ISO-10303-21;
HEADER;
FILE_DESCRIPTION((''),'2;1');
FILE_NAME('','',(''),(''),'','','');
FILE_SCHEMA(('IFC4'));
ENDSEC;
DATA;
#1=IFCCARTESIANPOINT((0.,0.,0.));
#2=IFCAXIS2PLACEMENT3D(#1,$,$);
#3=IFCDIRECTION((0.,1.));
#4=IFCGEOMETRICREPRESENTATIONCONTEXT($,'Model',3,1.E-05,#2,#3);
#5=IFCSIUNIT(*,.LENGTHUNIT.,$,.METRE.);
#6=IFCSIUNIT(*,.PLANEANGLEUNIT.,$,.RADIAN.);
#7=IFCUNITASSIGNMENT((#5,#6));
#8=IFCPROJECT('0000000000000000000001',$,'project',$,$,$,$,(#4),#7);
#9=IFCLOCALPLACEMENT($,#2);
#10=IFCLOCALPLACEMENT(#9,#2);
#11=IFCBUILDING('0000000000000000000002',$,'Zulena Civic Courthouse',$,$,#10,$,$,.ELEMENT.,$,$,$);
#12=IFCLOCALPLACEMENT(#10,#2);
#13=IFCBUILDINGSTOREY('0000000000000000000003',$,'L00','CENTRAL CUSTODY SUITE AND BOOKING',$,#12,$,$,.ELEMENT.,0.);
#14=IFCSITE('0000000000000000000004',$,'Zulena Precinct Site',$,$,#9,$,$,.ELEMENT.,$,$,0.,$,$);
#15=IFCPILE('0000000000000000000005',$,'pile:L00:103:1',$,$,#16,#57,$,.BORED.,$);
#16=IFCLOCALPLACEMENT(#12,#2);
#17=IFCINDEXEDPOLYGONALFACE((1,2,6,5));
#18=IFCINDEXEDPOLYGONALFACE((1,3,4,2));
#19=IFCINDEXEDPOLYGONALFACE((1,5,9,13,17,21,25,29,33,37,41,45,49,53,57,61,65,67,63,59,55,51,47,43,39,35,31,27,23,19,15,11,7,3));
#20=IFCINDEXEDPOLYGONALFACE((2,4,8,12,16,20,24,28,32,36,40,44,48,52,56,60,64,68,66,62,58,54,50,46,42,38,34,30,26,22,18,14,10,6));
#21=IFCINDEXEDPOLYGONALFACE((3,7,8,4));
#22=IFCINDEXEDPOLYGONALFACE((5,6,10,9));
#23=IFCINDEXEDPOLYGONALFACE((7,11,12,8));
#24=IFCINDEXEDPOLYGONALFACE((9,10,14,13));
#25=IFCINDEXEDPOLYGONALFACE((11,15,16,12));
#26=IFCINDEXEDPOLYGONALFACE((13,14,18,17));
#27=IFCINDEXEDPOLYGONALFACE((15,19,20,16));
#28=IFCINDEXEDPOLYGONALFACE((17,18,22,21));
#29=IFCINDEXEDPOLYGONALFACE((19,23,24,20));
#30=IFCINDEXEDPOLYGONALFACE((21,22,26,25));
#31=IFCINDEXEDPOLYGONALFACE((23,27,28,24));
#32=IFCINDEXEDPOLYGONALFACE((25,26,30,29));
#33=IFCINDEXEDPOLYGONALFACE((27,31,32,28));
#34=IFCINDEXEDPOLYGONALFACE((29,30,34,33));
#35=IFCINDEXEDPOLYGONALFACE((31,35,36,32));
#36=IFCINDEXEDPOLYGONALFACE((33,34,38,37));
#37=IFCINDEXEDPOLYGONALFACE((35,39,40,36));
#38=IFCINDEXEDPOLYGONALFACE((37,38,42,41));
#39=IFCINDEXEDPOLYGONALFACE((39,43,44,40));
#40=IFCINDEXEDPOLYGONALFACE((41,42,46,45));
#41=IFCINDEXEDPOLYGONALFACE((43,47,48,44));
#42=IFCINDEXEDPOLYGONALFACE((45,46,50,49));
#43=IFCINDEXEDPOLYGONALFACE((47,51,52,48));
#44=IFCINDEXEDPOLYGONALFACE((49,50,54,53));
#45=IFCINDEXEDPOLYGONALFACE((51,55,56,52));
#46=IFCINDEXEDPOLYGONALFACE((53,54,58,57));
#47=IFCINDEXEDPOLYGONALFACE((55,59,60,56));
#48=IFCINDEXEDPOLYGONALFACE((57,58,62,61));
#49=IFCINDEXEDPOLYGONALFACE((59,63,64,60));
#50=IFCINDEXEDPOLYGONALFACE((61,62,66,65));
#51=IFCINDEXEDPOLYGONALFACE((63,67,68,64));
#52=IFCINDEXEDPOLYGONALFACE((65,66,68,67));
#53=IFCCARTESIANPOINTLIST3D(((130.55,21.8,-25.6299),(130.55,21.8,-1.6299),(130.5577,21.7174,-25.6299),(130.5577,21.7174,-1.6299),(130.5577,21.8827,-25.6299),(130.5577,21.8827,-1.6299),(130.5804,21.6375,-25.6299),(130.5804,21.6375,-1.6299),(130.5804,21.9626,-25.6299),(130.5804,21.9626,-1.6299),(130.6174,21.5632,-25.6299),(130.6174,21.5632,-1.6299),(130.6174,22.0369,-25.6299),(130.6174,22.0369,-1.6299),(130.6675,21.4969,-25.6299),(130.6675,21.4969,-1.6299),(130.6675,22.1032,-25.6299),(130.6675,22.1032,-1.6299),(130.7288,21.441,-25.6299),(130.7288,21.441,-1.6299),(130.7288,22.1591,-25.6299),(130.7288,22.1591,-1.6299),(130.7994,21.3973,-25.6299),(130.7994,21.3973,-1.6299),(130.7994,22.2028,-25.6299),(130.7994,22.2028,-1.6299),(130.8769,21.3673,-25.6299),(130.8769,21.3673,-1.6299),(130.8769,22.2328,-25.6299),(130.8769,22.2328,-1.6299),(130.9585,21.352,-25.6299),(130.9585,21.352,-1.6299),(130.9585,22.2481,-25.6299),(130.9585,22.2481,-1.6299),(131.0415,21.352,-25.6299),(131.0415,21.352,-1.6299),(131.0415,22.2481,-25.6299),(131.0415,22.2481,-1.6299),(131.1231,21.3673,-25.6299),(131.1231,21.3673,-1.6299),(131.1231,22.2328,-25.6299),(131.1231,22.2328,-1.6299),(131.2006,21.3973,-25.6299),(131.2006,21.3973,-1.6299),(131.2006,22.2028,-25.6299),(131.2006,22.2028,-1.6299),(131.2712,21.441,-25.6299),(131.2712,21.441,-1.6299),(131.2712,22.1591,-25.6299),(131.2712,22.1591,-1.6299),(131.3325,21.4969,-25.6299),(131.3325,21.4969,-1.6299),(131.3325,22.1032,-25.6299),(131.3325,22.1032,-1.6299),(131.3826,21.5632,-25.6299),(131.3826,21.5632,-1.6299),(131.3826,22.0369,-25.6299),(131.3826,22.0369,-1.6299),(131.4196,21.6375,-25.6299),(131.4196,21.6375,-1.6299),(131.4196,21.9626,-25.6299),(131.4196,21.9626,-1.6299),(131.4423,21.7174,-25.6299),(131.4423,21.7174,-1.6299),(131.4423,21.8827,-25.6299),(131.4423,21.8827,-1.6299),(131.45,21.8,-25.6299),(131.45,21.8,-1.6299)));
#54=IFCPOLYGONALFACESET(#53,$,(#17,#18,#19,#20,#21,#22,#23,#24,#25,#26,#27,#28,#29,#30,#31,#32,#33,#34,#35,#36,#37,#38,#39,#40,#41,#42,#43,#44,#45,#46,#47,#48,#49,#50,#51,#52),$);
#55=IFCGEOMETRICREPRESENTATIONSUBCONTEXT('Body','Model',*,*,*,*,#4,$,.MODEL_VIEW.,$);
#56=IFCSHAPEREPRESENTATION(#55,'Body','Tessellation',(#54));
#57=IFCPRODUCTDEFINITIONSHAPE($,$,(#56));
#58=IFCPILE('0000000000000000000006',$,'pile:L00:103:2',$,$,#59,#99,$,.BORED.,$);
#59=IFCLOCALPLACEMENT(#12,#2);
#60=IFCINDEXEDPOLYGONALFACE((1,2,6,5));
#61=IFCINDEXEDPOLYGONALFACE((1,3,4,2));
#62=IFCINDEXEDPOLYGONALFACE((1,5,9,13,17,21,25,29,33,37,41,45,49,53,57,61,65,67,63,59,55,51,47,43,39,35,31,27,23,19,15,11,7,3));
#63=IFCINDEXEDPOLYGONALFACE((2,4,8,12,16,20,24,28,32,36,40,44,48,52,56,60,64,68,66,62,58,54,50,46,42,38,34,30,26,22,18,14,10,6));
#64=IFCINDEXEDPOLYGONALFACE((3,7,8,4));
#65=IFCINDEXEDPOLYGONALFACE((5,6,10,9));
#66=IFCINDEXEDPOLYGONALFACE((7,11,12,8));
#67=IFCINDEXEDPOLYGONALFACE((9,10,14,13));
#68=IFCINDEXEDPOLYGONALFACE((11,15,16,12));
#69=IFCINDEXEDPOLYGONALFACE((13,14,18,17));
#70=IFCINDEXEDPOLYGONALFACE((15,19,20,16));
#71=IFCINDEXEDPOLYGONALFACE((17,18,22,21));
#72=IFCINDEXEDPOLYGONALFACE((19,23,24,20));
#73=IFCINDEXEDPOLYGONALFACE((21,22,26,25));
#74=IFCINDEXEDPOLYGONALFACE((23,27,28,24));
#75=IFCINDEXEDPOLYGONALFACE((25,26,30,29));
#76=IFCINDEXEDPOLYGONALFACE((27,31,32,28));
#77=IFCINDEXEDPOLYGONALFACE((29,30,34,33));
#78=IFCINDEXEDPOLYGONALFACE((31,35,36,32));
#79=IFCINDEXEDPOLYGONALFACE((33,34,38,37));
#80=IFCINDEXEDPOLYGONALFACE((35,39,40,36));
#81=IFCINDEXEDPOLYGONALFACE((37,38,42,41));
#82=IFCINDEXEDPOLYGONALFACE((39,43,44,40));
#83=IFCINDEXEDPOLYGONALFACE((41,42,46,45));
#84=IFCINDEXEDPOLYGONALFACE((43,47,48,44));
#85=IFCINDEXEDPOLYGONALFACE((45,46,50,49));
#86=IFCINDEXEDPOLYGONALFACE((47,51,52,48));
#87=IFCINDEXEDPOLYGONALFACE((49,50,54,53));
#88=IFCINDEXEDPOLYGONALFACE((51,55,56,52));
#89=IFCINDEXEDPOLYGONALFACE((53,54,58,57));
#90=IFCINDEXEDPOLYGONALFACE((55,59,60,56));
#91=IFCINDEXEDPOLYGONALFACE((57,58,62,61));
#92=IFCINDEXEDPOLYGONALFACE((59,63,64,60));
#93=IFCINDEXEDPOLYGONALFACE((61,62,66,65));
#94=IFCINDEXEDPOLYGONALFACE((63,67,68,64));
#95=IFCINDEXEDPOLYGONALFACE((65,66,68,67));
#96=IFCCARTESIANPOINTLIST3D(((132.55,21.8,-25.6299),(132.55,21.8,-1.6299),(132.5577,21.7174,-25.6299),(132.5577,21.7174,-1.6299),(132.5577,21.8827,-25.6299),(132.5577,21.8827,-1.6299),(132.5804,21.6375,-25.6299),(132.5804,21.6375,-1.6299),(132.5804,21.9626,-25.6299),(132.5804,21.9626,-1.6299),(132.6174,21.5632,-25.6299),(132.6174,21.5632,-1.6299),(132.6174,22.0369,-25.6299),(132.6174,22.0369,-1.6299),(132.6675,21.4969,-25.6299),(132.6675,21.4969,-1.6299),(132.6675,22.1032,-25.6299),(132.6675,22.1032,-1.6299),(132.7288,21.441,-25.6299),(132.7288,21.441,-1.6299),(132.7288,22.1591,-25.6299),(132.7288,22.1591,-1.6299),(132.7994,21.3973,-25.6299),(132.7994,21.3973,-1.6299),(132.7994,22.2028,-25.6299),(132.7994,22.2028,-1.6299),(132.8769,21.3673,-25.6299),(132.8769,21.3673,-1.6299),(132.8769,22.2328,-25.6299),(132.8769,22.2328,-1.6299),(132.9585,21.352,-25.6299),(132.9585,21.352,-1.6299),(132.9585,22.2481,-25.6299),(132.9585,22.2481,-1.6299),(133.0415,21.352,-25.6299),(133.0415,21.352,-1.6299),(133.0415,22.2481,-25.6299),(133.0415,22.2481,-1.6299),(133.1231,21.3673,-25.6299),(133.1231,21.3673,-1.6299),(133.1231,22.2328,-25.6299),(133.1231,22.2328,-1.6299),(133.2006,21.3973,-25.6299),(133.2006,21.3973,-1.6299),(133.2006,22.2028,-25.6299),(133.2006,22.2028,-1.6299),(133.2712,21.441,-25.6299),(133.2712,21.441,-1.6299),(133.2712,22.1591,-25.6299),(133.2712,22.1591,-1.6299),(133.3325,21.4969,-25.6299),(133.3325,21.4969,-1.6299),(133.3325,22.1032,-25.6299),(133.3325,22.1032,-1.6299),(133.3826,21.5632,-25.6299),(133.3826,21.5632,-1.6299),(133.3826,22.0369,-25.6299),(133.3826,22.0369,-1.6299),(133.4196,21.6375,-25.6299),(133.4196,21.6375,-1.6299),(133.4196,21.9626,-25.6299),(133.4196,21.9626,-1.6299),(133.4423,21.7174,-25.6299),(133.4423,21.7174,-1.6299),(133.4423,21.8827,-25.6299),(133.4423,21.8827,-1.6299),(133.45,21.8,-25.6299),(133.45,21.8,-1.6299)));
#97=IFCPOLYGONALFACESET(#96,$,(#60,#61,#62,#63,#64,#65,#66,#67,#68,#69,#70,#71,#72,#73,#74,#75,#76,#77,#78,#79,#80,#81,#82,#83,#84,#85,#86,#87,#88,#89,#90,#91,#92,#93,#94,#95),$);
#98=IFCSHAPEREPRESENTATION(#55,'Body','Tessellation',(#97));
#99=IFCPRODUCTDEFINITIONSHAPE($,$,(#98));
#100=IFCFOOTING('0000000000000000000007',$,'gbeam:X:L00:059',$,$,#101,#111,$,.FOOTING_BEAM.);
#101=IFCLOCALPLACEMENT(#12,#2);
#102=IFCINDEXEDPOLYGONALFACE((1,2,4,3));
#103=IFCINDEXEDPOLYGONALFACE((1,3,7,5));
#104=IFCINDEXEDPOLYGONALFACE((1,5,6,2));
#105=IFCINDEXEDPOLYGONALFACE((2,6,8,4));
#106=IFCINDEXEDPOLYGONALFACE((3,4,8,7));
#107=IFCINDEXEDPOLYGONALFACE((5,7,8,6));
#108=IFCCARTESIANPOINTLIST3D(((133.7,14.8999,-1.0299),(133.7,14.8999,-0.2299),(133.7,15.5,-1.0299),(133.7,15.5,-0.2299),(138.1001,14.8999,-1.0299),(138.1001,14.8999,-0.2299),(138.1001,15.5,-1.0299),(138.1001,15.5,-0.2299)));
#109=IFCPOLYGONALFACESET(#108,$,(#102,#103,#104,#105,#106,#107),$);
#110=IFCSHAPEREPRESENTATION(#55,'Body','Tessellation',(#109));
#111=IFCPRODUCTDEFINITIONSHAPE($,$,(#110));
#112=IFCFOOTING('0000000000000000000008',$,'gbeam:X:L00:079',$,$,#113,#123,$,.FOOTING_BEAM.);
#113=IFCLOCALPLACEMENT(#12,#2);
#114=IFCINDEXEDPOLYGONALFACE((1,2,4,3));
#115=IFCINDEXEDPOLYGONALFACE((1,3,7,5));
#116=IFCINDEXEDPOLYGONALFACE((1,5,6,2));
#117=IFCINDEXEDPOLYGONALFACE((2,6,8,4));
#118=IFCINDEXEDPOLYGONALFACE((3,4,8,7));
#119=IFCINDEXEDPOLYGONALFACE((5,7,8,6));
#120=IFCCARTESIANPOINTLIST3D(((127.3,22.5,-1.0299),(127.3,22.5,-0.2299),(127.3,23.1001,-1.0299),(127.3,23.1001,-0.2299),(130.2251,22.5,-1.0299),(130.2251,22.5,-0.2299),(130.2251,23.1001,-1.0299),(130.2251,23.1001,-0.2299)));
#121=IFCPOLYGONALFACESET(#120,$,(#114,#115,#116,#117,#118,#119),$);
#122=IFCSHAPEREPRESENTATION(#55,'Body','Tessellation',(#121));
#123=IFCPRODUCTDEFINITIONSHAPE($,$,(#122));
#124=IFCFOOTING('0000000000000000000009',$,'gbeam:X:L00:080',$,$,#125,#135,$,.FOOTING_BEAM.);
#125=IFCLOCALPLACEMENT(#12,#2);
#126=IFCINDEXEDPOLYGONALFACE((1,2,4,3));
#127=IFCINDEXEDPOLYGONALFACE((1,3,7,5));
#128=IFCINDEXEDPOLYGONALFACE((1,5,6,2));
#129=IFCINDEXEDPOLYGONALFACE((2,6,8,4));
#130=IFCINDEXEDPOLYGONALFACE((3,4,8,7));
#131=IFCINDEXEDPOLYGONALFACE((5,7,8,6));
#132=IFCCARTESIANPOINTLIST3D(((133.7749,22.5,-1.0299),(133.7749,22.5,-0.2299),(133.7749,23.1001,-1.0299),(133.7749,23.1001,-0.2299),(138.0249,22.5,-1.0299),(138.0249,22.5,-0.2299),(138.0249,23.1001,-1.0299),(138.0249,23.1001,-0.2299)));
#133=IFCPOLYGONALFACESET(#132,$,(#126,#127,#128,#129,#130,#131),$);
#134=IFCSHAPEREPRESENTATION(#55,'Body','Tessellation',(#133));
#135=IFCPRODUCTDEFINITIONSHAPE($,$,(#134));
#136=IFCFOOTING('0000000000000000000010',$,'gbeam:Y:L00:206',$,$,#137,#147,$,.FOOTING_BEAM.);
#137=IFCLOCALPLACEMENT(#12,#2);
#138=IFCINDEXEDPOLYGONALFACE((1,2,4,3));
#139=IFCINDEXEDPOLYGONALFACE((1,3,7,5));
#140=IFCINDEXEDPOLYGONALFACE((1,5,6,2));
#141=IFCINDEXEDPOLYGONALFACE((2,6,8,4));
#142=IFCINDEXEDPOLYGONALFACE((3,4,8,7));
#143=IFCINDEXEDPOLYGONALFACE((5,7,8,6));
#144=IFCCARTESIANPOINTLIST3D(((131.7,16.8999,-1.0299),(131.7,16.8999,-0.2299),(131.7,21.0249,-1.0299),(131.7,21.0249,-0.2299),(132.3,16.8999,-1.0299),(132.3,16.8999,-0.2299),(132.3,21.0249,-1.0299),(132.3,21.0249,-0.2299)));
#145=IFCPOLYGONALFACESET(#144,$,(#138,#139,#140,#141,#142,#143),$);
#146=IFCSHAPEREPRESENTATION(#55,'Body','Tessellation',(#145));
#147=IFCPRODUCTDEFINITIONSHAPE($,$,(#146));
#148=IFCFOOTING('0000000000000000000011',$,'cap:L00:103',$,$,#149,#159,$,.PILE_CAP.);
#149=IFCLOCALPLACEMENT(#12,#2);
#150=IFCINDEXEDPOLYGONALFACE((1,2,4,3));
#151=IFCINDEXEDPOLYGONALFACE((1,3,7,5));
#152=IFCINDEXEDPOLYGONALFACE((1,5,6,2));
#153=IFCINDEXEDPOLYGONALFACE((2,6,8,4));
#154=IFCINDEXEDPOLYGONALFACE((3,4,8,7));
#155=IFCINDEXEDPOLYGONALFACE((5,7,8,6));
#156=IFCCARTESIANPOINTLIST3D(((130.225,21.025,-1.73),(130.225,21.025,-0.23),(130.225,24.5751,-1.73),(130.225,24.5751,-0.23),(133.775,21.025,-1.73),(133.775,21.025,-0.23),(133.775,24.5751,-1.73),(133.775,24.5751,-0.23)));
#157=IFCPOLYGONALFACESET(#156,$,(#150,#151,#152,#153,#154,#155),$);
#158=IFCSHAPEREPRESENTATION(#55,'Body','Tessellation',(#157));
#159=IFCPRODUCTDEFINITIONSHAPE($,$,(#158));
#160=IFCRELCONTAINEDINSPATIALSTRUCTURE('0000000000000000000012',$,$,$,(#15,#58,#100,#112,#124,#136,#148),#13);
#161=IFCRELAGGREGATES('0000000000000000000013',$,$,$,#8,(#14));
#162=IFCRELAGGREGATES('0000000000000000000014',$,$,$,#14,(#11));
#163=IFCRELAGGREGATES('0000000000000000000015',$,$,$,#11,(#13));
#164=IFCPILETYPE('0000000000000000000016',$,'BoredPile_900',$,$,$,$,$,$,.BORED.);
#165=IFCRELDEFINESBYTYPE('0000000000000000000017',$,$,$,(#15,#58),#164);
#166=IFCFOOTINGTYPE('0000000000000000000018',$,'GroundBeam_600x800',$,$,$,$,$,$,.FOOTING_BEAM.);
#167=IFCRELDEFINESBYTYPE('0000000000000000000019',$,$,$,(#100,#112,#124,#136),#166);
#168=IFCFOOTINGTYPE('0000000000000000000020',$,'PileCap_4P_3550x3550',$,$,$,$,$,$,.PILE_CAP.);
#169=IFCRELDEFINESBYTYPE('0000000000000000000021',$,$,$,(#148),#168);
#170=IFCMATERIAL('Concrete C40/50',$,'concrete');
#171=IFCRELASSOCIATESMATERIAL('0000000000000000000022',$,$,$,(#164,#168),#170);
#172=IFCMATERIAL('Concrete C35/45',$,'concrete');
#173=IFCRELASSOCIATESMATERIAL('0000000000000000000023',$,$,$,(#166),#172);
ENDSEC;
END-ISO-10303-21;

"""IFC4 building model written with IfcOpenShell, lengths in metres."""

from ifc_helpers import new_model, si_unit, direction, frame, origin, origin_2d, place, context, subcontext, project, spatial, rectangle, circle, extrude, material, material_profile, profile_set, type_object, element, save


model = new_model("IFC4")

# Units and contexts
model_context = context("Model", 3, precision=1e-05, world=origin(), true_north=direction((0.0, 1.0)))
body_context = subcontext(model_context, "Body", "Model", "MODEL_VIEW")
ifc_project = project(units=[si_unit("LENGTHUNIT", "METRE"), si_unit("PLANEANGLEUNIT", "RADIAN")], contexts=[model_context])

# Site, building, storey
site_placement = place(None, origin())
site = spatial("IfcSite", under=ifc_project, at=site_placement, Name="Zulena Precinct Site", CompositionType="ELEMENT", RefElevation=0.0)
building_placement = place(site_placement, origin())
building = spatial("IfcBuilding", under=site, at=building_placement, Name="Zulena Civic Courthouse", CompositionType="ELEMENT")
storey_placement = place(building_placement, origin())
storey = spatial("IfcBuildingStorey", under=building, at=storey_placement, Name="L00", Description="CENTRAL CUSTODY SUITE AND BOOKING", CompositionType="ELEMENT", Elevation=0.0)

# Piles
ifc_material_1 = material(Name="Concrete C40/50", Category="concrete")
ifc_material_profile_1 = material_profile(ifc_material_1, circle(Radius=0.45, at=origin_2d()), Name="PILE900")
ifc_profile_set_1 = profile_set([ifc_material_profile_1], Name="Concrete C40/50")
pile_type_1 = type_object("IfcPileType", Name="BoredPile_900", PredefinedType="BORED", material=ifc_profile_set_1)
for number, where, z_axis, x_axis, name in (
    (1, (131.0, 21.8, -1.6299), (0.0, 0.0, -1.0), (1.0, 0.0, 0.0), "pile:L00:103:1"),
    (2, (133.0, 21.8, -1.6299), (0.0, 0.0, -1.0), (1.0, 0.0, 0.0), "pile:L00:103:2"),
):
    element("IfcPile", number, at=place(storey_placement, frame(where, z_axis=z_axis, x_axis=x_axis)), inside=storey, type_object=pile_type_1, Name=name, PredefinedType="BORED", context=body_context, shape_type="SweptSolid", body=[
        extrude(circle(Radius=0.45, at=origin_2d()), origin(), (0.0, 0.0, 1.0), 24.0),
    ])

# Footings
ifc_material_2 = material(Name="Concrete C35/45", Category="concrete")
ifc_material_profile_2 = material_profile(ifc_material_2, rectangle(XDim=0.6001, YDim=0.8, at=origin_2d()), Name="RC600X800")
ifc_profile_set_2 = profile_set([ifc_material_profile_2], Name="Concrete C35/45")
footing_type_1 = type_object("IfcFootingType", Name="GroundBeam_600x800", PredefinedType="FOOTING_BEAM", material=ifc_profile_set_2)
footing_1_placement = place(storey_placement, frame((133.7, 15.2, -0.6299), z_axis=(1.0, 0.0, 0.0), x_axis=(0.0, 1.0, 0.0)))
element("IfcFooting", 3, at=footing_1_placement, inside=storey, type_object=footing_type_1, Name="gbeam:X:L00:059", PredefinedType="FOOTING_BEAM", context=body_context, shape_type="SweptSolid", body=[
    extrude(rectangle(XDim=0.6001, YDim=0.8, at=origin_2d()), origin(), (0.0, 0.0, 1.0), 4.4001),
])
footing_2_placement = place(storey_placement, frame((127.3, 22.8, -0.6299), z_axis=(1.0, 0.0, 0.0), x_axis=(0.0, 1.0, 0.0)))
element("IfcFooting", 4, at=footing_2_placement, inside=storey, type_object=footing_type_1, Name="gbeam:X:L00:079", PredefinedType="FOOTING_BEAM", context=body_context, shape_type="SweptSolid", body=[
    extrude(rectangle(XDim=0.6001, YDim=0.8, at=origin_2d()), origin(), (0.0, 0.0, 1.0), 2.925),
])
footing_3_placement = place(storey_placement, frame((133.7749, 22.8, -0.6299), z_axis=(1.0, 0.0, 0.0), x_axis=(0.0, 1.0, 0.0)))
element("IfcFooting", 5, at=footing_3_placement, inside=storey, type_object=footing_type_1, Name="gbeam:X:L00:080", PredefinedType="FOOTING_BEAM", context=body_context, shape_type="SweptSolid", body=[
    extrude(rectangle(XDim=0.6001, YDim=0.8, at=origin_2d()), origin(), (0.0, 0.0, 1.0), 4.25),
])
footing_4_placement = place(storey_placement, frame((132.0, 16.8999, -0.6299), z_axis=(0.0, 1.0, 0.0), x_axis=(-1.0, 0.0, 0.0)))
element("IfcFooting", 6, at=footing_4_placement, inside=storey, type_object=footing_type_1, Name="gbeam:Y:L00:206", PredefinedType="FOOTING_BEAM", context=body_context, shape_type="SweptSolid", body=[
    extrude(rectangle(XDim=0.6001, YDim=0.8, at=origin_2d()), origin(), (0.0, 0.0, 1.0), 4.125),
])
footing_type_2 = type_object("IfcFootingType", Name="PileCap_4P_3550x3550", PredefinedType="PILE_CAP", material=ifc_material_1)
footing_5_placement = place(storey_placement, frame((132.0, 22.8, -1.73), z_axis=(0.0, 0.0, 1.0), x_axis=(1.0, 0.0, 0.0)))
element("IfcFooting", 7, at=footing_5_placement, inside=storey, type_object=footing_type_2, Name="cap:L00:103", PredefinedType="PILE_CAP", context=body_context, shape_type="SweptSolid", body=[
    extrude(rectangle(XDim=3.55, YDim=3.55, at=origin_2d()), origin(), (0.0, 0.0, 1.0), 1.5),
])

save(model, "model.ifc")
